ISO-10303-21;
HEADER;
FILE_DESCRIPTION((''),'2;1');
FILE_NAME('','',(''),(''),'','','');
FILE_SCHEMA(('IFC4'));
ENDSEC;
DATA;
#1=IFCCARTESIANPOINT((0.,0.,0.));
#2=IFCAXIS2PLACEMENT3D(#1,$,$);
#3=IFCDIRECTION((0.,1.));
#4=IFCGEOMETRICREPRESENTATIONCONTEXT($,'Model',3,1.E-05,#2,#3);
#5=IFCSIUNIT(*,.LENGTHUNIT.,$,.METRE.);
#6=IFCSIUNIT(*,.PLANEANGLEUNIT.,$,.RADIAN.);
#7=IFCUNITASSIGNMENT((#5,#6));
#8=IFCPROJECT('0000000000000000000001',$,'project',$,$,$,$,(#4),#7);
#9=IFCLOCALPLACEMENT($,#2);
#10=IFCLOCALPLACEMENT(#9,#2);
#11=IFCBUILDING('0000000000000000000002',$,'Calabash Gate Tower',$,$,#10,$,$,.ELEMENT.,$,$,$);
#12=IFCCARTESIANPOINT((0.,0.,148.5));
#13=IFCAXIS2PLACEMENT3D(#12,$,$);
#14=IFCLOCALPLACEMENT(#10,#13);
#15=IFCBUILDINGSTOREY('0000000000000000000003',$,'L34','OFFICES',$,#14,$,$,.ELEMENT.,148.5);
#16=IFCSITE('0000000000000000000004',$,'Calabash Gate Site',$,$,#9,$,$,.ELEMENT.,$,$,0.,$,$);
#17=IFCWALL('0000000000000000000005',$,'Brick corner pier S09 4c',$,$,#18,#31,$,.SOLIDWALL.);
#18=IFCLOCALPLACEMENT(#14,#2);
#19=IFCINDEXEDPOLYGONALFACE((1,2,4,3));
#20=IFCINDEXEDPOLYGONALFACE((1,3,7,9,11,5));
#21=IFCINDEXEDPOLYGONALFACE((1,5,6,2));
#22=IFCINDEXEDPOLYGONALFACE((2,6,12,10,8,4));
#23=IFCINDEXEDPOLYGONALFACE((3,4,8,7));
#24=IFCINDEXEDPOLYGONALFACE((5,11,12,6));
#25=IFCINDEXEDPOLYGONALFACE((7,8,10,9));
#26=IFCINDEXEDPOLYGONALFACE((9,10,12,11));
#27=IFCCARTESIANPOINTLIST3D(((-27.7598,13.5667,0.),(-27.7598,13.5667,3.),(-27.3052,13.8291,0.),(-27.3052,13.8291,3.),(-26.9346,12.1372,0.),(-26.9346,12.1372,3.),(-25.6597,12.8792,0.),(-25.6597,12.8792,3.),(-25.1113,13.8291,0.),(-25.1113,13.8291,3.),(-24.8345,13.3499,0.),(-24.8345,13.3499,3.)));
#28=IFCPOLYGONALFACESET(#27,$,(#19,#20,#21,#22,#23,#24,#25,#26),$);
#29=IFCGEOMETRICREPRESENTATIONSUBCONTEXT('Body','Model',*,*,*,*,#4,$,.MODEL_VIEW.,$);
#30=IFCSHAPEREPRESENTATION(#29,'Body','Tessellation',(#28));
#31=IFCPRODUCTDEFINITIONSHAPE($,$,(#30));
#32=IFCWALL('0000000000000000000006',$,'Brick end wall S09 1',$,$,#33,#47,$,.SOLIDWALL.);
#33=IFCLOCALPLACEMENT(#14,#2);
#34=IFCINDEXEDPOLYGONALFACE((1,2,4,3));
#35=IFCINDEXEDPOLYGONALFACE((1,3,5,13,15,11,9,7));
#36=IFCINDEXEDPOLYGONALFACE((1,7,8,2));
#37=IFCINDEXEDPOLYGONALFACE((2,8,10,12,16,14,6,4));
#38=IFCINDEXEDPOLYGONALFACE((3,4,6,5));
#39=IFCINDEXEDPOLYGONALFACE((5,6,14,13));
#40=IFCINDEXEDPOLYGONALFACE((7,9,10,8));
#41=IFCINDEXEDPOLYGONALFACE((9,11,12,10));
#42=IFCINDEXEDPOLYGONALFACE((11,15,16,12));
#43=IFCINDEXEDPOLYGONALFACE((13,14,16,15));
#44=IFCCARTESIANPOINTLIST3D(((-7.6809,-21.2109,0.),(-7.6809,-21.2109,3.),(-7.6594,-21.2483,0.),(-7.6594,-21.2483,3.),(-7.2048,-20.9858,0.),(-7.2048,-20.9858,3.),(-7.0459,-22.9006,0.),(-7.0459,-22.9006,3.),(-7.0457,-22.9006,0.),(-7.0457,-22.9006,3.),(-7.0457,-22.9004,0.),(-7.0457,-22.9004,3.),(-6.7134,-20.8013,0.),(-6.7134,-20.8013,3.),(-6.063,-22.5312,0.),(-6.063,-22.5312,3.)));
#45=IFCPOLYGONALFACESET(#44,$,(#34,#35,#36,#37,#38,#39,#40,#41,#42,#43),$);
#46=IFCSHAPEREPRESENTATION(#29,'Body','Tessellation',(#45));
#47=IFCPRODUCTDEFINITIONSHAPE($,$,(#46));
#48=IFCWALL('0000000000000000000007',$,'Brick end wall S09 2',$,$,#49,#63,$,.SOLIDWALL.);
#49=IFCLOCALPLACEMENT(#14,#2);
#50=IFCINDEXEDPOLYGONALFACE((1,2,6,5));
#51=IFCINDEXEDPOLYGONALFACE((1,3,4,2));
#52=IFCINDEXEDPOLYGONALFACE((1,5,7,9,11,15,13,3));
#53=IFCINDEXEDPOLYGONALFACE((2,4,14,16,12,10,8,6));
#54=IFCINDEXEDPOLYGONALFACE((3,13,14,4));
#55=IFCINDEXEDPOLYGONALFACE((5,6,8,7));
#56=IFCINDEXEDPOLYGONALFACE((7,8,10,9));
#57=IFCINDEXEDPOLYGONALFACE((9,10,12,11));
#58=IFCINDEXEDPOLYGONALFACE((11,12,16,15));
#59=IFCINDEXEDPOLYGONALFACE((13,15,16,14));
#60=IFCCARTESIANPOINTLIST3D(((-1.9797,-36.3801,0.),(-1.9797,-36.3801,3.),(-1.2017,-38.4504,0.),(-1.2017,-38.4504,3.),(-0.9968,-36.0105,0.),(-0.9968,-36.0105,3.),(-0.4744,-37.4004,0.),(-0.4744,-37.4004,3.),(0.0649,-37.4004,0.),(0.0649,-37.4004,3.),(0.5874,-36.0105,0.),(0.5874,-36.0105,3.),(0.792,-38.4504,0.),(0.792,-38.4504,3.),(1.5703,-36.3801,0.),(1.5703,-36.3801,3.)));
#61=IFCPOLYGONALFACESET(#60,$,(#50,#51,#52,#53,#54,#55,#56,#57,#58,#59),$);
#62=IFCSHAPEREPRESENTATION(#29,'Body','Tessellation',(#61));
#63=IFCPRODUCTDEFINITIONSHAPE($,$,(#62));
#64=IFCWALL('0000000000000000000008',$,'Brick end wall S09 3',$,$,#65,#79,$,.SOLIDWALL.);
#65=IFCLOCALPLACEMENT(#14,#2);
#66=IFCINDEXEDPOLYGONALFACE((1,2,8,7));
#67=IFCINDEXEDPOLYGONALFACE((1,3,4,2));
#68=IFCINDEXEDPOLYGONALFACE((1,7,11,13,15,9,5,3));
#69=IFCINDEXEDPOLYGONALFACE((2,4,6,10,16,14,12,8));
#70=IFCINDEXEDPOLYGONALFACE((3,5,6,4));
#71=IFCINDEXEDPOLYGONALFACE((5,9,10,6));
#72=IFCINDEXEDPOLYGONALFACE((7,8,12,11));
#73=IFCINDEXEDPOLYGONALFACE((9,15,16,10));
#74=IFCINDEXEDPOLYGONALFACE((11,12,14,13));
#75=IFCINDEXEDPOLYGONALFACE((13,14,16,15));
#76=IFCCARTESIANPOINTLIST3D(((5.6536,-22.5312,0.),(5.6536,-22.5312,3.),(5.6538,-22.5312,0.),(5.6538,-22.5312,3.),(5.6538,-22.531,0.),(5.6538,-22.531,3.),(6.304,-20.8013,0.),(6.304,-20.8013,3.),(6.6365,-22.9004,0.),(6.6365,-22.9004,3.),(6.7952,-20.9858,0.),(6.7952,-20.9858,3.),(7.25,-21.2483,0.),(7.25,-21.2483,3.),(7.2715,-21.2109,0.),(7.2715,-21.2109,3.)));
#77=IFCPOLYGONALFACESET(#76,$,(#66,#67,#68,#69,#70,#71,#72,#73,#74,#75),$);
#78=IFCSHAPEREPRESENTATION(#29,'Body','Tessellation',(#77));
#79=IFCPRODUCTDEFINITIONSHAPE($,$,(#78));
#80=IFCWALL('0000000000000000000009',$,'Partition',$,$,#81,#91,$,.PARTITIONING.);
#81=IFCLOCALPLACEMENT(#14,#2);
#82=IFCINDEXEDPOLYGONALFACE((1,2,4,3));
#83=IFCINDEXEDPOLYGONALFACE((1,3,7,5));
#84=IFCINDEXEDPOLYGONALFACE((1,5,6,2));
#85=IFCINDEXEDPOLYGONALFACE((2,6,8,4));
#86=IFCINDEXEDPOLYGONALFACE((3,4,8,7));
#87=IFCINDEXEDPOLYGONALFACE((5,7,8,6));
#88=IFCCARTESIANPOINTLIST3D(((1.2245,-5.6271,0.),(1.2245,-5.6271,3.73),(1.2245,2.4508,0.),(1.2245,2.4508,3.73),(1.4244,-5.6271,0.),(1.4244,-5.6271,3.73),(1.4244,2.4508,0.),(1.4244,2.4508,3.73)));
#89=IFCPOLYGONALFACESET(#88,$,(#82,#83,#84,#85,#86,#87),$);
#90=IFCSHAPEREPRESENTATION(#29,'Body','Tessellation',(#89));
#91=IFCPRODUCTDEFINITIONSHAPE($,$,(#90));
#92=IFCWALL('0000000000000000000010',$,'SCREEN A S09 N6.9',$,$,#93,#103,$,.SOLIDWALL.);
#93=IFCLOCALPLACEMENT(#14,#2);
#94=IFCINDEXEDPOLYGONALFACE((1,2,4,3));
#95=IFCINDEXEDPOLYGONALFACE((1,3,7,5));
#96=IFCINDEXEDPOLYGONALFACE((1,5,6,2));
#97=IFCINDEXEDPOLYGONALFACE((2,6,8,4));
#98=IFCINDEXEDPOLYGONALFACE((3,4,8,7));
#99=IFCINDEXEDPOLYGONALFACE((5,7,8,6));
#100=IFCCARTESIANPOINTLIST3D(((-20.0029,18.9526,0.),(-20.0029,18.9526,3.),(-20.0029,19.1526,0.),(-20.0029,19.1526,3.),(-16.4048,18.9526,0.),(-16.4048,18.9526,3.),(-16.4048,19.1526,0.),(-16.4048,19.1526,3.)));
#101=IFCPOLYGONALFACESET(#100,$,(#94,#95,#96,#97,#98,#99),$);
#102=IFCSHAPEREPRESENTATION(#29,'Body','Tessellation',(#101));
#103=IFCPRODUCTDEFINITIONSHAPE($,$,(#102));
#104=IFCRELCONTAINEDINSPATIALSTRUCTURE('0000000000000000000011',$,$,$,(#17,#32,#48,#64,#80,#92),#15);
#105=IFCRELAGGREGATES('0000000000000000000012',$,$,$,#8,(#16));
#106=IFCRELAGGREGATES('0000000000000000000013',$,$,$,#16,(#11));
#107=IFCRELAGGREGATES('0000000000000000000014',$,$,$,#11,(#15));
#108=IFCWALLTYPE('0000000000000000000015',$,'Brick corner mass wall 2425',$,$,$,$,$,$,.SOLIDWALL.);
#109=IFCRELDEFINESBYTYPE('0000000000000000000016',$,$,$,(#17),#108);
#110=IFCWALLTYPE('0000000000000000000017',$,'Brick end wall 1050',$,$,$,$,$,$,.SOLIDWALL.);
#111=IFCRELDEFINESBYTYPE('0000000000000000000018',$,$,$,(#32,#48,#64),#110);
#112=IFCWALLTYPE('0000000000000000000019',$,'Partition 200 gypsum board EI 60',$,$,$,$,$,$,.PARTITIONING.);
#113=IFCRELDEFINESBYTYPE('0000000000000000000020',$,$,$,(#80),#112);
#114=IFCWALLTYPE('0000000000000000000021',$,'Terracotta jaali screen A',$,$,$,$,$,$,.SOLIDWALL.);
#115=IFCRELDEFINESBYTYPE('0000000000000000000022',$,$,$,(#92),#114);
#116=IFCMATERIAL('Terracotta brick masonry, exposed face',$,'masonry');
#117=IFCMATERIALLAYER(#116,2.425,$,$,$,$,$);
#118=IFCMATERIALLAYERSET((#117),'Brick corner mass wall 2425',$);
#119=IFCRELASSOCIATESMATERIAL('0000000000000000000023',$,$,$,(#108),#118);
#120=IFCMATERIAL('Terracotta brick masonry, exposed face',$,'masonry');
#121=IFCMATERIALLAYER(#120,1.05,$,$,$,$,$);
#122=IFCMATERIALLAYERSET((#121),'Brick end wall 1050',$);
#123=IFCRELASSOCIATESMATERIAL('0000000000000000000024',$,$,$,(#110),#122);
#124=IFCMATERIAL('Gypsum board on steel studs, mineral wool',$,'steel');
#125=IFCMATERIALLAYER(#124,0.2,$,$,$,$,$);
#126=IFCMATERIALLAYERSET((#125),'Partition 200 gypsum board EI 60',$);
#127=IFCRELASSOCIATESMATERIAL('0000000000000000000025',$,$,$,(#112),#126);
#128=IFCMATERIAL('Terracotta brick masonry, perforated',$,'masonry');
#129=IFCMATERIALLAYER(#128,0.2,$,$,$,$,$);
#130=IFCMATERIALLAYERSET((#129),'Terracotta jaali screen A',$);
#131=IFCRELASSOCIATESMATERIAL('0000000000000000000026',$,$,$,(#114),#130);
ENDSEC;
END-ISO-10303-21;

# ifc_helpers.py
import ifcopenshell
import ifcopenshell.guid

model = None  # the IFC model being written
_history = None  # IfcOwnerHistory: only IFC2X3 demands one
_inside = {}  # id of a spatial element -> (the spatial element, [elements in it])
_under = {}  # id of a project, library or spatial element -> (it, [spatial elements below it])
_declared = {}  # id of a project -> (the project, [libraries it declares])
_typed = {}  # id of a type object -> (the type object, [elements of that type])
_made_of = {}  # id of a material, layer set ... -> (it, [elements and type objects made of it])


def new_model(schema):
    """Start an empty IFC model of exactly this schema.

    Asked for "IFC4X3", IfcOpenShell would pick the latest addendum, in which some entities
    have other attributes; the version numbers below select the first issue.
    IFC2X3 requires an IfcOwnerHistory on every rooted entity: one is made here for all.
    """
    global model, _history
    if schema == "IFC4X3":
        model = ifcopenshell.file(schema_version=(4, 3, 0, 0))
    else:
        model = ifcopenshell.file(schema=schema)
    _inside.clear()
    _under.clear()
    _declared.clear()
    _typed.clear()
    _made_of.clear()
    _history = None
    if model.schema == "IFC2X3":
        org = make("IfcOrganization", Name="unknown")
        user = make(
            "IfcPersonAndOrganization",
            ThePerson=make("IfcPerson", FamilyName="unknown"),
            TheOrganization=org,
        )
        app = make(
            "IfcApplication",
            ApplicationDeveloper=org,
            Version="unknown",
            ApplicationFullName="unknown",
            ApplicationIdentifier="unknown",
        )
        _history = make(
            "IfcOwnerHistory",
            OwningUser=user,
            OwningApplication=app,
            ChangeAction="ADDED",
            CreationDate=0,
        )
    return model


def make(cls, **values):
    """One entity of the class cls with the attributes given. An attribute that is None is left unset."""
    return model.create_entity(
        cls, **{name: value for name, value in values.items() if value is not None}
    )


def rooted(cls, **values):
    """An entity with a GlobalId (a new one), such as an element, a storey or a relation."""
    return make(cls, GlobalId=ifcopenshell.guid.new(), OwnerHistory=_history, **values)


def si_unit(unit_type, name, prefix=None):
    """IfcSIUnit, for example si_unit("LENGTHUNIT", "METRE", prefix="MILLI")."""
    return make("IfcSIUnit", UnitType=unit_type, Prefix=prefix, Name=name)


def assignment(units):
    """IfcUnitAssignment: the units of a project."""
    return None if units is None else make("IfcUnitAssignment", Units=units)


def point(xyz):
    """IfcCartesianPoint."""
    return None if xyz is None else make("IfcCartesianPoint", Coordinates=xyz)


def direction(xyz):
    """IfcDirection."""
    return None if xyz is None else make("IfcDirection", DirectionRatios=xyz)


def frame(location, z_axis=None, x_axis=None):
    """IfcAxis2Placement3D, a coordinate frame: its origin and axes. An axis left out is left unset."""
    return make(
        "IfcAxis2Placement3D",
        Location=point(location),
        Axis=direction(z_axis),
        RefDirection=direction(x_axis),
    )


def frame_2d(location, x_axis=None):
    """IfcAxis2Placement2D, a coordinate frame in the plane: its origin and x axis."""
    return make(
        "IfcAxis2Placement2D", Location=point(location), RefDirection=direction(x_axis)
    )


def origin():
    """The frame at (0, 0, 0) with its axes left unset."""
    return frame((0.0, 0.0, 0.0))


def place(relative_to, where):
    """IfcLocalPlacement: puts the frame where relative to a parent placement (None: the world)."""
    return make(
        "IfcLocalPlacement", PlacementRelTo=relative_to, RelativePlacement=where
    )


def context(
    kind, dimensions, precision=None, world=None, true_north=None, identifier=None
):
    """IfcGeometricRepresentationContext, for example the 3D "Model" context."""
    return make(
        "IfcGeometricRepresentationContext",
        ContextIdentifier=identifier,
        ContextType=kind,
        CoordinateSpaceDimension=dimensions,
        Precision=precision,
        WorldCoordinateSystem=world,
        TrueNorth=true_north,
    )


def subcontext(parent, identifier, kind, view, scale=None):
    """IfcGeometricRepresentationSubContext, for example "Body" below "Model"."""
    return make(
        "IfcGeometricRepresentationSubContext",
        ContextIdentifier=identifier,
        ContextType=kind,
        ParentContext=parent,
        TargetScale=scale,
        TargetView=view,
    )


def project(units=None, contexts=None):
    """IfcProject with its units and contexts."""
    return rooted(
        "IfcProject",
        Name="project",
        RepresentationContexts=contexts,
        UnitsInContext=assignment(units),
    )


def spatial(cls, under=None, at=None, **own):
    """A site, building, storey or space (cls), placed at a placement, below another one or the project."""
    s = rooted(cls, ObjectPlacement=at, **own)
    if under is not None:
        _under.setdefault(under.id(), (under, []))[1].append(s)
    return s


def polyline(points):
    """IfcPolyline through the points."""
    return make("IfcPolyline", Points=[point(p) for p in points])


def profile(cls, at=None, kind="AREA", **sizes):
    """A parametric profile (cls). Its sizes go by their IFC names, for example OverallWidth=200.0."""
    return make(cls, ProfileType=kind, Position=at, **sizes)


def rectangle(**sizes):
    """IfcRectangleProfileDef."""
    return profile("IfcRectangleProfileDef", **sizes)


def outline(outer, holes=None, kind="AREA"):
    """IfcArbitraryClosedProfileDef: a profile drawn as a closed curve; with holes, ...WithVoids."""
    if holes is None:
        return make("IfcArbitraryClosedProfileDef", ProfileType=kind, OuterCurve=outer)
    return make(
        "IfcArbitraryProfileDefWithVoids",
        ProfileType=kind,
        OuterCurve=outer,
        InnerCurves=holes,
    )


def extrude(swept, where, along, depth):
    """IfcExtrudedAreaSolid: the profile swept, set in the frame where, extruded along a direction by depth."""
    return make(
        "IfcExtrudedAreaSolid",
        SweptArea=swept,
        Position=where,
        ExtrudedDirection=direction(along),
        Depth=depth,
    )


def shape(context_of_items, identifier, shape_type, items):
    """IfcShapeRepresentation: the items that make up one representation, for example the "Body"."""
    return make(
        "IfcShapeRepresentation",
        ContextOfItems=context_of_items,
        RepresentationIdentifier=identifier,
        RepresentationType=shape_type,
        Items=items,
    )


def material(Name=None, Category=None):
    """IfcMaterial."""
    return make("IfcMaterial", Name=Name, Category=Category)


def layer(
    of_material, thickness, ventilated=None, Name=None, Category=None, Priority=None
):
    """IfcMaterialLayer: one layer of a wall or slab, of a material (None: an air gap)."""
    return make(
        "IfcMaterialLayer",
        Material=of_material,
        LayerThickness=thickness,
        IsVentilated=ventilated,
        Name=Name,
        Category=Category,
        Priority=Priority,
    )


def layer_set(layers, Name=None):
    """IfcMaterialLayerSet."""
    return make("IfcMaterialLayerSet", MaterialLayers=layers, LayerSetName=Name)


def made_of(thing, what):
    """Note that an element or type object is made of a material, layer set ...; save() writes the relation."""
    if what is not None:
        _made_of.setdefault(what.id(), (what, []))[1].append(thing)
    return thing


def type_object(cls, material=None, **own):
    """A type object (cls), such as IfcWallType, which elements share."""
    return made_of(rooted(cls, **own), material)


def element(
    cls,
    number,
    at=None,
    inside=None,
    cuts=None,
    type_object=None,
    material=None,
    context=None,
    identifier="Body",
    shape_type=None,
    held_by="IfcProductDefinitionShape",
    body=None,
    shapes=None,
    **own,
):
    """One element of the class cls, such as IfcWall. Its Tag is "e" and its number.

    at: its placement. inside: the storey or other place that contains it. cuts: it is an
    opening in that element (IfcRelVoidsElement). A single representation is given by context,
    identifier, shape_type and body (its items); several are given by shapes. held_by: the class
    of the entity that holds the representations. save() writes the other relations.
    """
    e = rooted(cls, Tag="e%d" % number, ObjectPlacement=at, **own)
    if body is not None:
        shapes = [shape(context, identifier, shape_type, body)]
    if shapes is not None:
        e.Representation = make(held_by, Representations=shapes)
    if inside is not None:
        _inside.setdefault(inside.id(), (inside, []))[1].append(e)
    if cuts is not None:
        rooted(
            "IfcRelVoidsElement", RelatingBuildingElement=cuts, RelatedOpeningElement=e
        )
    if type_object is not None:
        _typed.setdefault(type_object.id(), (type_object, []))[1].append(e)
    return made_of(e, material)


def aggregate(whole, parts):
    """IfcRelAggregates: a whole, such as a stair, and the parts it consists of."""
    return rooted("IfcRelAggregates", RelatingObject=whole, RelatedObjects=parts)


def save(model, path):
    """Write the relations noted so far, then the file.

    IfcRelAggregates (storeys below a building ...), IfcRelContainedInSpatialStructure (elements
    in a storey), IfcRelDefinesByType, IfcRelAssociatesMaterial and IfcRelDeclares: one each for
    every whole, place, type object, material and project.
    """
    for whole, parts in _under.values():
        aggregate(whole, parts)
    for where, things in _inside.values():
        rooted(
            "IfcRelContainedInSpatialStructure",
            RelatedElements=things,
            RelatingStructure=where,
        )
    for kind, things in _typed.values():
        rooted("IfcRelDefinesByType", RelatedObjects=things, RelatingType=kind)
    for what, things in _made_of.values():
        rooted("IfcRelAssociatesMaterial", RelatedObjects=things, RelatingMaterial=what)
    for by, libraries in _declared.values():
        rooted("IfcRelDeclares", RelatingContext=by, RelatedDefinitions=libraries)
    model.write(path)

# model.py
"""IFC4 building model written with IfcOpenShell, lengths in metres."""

from ifc_helpers import new_model, si_unit, direction, frame, frame_2d, origin, place, context, subcontext, project, spatial, polyline, rectangle, outline, extrude, material, layer, layer_set, type_object, element, save


model = new_model("IFC4")

# Units and contexts
model_context = context("Model", 3, precision=1e-05, world=origin(), true_north=direction((0.0, 1.0)))
body_context = subcontext(model_context, "Body", "Model", "MODEL_VIEW")
ifc_project = project(units=[si_unit("LENGTHUNIT", "METRE"), si_unit("PLANEANGLEUNIT", "RADIAN")], contexts=[model_context])

# Site, building, storey
site_placement = place(None, origin())
site = spatial("IfcSite", under=ifc_project, at=site_placement, Name="Calabash Gate Site", CompositionType="ELEMENT", RefElevation=0.0)
building_placement = place(site_placement, origin())
building = spatial("IfcBuilding", under=site, at=building_placement, Name="Calabash Gate Tower", CompositionType="ELEMENT")
storey_placement = place(building_placement, frame((0.0, 0.0, 148.5)))
storey = spatial("IfcBuildingStorey", under=building, at=storey_placement, Name="L34", Description="OFFICES", CompositionType="ELEMENT", Elevation=148.5)

# Walls
ifc_material_1 = material(Name="Terracotta brick masonry, exposed face", Category="masonry")
ifc_layer_1 = layer(ifc_material_1, 2.425)
ifc_layer_set_1 = layer_set([ifc_layer_1], Name="Brick corner mass wall 2425")
wall_type_1 = type_object("IfcWallType", Name="Brick corner mass wall 2425", PredefinedType="SOLIDWALL", material=ifc_layer_set_1)
wall_1_placement = place(storey_placement, origin())
element("IfcWall", 1, at=wall_1_placement, inside=storey, type_object=wall_type_1, Name="Brick corner pier S09 4c", PredefinedType="SOLIDWALL", context=body_context, shape_type="SweptSolid", body=[
    extrude(outline(polyline([(-24.8345, 13.3499), (-25.1113, 13.8291), (-25.6597, 12.8792), (-27.3052, 13.8291), (-27.7598, 13.5667), (-26.9346, 12.1372), (-24.8345, 13.3499)])), origin(), (0.0, 0.0, 1.0), 3.0),
])
ifc_material_2 = material(Name="Terracotta brick masonry, exposed face", Category="masonry")
ifc_layer_2 = layer(ifc_material_2, 1.05)
ifc_layer_set_2 = layer_set([ifc_layer_2], Name="Brick end wall 1050")
wall_type_2 = type_object("IfcWallType", Name="Brick end wall 1050", PredefinedType="SOLIDWALL", material=ifc_layer_set_2)
wall_2_placement = place(storey_placement, origin())
element("IfcWall", 2, at=wall_2_placement, inside=storey, type_object=wall_type_2, Name="Brick end wall S09 1", PredefinedType="SOLIDWALL", context=body_context, shape_type="SweptSolid", body=[
    extrude(outline(polyline([(-6.063, -22.5312), (-6.7134, -20.8013), (-7.2048, -20.9858), (-7.6594, -21.2483), (-7.6809, -21.2109), (-7.0459, -22.9006), (-7.0457, -22.9006), (-7.0457, -22.9004), (-6.063, -22.5312)])), origin(), (0.0, 0.0, 1.0), 3.0),
])
wall_3_placement = place(storey_placement, origin())
element("IfcWall", 3, at=wall_3_placement, inside=storey, type_object=wall_type_2, Name="Brick end wall S09 2", PredefinedType="SOLIDWALL", context=body_context, shape_type="SweptSolid", body=[
    extrude(outline(polyline([(-0.4744, -37.4004), (-0.9968, -36.0105), (-1.9797, -36.3801), (-1.2017, -38.4504), (0.792, -38.4504), (1.5703, -36.3801), (0.5874, -36.0105), (0.0649, -37.4004), (-0.4744, -37.4004)])), origin(), (0.0, 0.0, 1.0), 3.0),
])
wall_4_placement = place(storey_placement, origin())
element("IfcWall", 4, at=wall_4_placement, inside=storey, type_object=wall_type_2, Name="Brick end wall S09 3", PredefinedType="SOLIDWALL", context=body_context, shape_type="SweptSolid", body=[
    extrude(outline(polyline([(6.304, -20.8013), (5.6536, -22.5312), (5.6538, -22.5312), (5.6538, -22.531), (6.6365, -22.9004), (7.2715, -21.2109), (7.25, -21.2483), (6.7952, -20.9858), (6.304, -20.8013)])), origin(), (0.0, 0.0, 1.0), 3.0),
])
ifc_material_3 = material(Name="Gypsum board on steel studs, mineral wool", Category="steel")
ifc_layer_3 = layer(ifc_material_3, 0.2)
ifc_layer_set_3 = layer_set([ifc_layer_3], Name="Partition 200 gypsum board EI 60")
wall_type_3 = type_object("IfcWallType", Name="Partition 200 gypsum board EI 60", PredefinedType="PARTITIONING", material=ifc_layer_set_3)
wall_5_placement = place(storey_placement, frame((1.3245, -5.6272, 0.0), z_axis=(0.0, 0.0, 1.0), x_axis=(0.0, 1.0, 0.0)))
element("IfcWall", 5, at=wall_5_placement, inside=storey, type_object=wall_type_3, Name="Partition", PredefinedType="PARTITIONING", context=body_context, shape_type="SweptSolid", body=[
    extrude(rectangle(XDim=8.0779, YDim=0.2, at=frame_2d((4.0391, 0.0))), origin(), (0.0, 0.0, 1.0), 3.73),
])
ifc_material_4 = material(Name="Terracotta brick masonry, perforated", Category="masonry")
ifc_layer_4 = layer(ifc_material_4, 0.2)
ifc_layer_set_4 = layer_set([ifc_layer_4], Name="Terracotta jaali screen A")
wall_type_4 = type_object("IfcWallType", Name="Terracotta jaali screen A", PredefinedType="SOLIDWALL", material=ifc_layer_set_4)
wall_6_placement = place(storey_placement, origin())
element("IfcWall", 6, at=wall_6_placement, inside=storey, type_object=wall_type_4, Name="SCREEN A S09 N6.9", PredefinedType="SOLIDWALL", context=body_context, shape_type="SweptSolid", body=[
    extrude(outline(polyline([(-16.4048, 19.1526), (-20.0029, 19.1526), (-20.0029, 18.9526), (-16.4048, 18.9526), (-16.4048, 19.1526)])), origin(), (0.0, 0.0, 1.0), 3.0),
])

save(model, "model.ifc")
